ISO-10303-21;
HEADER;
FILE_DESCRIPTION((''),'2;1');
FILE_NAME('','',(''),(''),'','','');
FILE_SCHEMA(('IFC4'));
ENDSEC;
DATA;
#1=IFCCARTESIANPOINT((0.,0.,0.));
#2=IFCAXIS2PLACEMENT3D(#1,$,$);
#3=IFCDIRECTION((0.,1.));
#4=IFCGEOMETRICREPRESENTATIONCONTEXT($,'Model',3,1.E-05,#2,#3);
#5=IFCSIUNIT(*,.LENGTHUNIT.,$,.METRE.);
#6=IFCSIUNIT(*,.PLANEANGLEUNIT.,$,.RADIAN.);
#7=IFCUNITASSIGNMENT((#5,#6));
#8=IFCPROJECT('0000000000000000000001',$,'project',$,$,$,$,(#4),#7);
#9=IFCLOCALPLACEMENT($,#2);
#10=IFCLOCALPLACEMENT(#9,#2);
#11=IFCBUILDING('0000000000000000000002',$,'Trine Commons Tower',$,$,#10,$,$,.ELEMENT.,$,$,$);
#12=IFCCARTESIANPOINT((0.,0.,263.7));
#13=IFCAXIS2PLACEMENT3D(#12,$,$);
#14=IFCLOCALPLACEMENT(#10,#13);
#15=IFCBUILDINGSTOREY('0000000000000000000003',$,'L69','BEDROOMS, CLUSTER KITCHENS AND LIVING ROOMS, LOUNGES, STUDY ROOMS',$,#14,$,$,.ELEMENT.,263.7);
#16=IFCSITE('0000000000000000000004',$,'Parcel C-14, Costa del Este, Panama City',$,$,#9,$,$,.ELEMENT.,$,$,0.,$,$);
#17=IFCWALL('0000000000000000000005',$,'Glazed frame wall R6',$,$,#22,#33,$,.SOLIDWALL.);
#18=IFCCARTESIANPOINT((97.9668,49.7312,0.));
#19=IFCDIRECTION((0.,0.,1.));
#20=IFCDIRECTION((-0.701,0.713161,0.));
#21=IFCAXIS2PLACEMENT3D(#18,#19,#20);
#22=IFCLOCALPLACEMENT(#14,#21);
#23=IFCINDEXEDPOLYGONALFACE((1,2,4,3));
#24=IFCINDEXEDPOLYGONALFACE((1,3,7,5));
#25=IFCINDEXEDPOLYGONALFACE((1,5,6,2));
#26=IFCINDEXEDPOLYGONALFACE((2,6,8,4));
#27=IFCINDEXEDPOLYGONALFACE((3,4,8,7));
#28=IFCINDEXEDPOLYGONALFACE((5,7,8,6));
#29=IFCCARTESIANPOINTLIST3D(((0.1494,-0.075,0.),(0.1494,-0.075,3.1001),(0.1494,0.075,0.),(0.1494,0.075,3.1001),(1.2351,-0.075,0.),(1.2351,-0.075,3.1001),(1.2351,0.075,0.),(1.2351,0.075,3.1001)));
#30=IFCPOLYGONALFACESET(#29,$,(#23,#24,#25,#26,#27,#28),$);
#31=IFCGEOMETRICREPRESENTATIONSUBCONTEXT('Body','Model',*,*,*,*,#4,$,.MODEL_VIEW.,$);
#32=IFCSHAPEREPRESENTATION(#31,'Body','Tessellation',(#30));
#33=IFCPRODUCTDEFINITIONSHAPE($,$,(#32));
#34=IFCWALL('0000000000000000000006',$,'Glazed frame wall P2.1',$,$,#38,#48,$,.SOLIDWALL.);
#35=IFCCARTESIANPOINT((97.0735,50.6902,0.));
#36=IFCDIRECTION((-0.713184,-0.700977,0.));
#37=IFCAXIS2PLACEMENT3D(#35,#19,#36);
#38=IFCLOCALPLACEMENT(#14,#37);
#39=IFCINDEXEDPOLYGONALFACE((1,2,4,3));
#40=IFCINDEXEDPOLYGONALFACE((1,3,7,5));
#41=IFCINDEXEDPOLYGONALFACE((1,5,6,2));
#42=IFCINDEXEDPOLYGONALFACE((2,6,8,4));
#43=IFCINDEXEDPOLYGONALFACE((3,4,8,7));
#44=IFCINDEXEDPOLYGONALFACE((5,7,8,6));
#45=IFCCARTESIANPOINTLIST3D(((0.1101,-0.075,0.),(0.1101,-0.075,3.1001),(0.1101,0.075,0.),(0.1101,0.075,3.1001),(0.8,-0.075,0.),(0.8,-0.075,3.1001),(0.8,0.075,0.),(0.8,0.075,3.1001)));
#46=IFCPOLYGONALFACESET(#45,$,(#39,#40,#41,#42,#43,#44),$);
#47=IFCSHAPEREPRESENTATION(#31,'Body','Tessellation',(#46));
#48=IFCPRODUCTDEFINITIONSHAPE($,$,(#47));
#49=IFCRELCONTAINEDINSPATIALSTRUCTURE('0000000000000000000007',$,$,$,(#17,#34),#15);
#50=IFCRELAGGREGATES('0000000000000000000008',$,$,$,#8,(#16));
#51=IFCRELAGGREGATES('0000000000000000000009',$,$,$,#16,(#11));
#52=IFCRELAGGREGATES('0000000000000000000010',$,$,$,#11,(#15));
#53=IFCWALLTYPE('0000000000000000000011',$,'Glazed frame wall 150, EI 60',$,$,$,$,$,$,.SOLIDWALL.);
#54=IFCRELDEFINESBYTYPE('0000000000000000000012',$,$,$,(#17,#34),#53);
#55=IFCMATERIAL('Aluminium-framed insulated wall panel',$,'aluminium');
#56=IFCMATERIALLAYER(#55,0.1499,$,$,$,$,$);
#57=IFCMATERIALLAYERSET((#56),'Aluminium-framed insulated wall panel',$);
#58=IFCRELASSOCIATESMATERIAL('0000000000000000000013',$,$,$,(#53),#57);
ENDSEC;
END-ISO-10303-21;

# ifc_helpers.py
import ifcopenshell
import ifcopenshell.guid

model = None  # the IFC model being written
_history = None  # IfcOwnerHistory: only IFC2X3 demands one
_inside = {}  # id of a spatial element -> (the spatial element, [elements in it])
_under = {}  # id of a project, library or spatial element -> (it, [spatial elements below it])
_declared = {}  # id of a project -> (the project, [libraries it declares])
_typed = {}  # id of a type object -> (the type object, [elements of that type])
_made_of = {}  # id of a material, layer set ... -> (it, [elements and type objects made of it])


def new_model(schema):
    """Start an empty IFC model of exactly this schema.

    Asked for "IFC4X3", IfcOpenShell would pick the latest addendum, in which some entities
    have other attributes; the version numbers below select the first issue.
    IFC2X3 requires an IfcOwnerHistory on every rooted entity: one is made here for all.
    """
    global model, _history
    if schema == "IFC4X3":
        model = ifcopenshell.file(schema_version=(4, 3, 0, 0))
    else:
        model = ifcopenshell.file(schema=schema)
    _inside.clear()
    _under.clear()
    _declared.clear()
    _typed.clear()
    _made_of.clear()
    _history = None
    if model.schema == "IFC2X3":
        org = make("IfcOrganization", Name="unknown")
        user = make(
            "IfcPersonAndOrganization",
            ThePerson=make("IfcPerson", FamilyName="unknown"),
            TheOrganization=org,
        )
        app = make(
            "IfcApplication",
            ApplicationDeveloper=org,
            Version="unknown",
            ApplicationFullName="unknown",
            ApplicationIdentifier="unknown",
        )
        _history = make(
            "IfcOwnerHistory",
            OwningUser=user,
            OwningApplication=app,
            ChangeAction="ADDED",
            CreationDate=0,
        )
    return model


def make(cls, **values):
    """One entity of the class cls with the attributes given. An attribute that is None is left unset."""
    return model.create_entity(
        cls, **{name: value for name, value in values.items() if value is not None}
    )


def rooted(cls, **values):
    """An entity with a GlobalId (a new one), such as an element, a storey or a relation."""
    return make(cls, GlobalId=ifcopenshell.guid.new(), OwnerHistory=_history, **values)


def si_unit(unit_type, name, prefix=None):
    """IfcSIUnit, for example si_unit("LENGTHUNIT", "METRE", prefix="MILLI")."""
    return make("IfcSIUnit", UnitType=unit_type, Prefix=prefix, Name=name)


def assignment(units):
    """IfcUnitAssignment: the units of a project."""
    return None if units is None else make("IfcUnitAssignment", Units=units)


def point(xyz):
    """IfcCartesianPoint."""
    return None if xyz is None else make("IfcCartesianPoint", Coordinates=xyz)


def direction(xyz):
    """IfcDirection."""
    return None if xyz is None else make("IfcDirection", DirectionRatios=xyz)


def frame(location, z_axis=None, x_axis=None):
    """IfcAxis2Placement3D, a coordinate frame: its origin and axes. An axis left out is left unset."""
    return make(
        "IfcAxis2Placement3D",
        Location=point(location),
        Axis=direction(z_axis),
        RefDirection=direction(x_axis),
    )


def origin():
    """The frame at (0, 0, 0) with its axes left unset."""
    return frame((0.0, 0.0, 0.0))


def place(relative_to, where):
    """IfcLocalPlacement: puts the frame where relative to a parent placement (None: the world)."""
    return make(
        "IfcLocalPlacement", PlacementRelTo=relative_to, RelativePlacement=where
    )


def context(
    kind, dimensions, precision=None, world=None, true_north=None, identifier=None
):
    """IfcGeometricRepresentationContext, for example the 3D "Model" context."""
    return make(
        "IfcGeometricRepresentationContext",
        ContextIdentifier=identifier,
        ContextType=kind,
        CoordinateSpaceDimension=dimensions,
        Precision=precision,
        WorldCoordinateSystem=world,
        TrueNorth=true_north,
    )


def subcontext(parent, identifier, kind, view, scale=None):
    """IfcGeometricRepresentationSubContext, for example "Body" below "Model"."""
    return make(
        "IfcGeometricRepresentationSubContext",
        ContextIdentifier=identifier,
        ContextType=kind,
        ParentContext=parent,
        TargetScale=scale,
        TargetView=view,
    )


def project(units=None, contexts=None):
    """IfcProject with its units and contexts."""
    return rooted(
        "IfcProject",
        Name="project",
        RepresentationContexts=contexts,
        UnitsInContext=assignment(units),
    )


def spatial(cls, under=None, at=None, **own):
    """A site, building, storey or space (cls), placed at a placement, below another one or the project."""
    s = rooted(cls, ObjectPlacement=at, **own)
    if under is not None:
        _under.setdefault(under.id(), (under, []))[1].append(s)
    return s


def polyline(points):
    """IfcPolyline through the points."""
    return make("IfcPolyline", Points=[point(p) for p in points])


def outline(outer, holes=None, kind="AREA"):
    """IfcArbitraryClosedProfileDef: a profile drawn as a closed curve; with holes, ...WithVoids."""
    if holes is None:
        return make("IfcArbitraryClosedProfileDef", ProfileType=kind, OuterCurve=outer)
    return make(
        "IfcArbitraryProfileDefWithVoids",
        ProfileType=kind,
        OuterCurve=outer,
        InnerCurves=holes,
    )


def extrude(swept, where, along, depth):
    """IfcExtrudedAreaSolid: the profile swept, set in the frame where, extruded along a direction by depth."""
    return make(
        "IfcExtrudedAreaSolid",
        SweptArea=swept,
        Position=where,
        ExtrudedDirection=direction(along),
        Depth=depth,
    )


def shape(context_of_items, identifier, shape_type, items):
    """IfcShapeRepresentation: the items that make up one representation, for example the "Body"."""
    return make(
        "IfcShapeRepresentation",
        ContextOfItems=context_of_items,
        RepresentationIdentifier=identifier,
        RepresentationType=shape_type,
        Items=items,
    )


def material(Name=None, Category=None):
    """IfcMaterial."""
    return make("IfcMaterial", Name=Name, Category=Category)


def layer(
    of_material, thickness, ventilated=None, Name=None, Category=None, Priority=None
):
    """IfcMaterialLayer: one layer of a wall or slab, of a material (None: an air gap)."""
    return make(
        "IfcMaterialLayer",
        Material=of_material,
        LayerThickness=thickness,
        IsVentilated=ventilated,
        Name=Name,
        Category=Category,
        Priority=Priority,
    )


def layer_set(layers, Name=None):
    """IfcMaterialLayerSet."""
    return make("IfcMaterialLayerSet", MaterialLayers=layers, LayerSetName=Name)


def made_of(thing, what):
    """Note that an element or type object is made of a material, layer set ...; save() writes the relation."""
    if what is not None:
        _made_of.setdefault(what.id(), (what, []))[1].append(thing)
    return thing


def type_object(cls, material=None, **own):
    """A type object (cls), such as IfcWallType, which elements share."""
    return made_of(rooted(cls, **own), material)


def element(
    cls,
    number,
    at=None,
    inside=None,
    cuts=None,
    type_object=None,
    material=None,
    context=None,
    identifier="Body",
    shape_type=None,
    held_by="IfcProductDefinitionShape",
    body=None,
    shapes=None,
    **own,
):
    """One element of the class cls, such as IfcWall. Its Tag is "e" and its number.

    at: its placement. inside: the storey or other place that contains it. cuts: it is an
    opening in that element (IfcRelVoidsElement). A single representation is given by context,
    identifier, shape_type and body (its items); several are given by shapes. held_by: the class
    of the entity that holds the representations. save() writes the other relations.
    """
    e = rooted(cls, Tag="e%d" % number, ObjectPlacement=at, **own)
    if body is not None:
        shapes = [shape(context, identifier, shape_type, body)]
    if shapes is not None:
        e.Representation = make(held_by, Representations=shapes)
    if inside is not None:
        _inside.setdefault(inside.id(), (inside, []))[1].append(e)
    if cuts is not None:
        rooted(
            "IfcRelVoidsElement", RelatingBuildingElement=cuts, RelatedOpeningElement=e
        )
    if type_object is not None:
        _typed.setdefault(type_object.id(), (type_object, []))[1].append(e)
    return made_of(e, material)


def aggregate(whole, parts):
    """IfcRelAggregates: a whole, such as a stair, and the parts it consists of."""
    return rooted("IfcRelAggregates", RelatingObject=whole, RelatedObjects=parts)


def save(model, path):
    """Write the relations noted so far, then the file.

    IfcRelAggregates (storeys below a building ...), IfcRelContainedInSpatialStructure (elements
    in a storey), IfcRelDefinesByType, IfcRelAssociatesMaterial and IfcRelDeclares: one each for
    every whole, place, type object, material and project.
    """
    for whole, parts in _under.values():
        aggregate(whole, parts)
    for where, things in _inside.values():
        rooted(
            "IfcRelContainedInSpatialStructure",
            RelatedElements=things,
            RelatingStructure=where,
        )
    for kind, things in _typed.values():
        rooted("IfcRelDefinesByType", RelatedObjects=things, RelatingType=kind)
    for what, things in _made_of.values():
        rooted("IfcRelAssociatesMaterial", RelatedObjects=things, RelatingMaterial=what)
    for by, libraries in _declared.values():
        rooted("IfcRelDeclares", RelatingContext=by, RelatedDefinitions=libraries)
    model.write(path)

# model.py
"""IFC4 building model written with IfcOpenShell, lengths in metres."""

from ifc_helpers import new_model, si_unit, direction, frame, origin, place, context, subcontext, project, spatial, polyline, outline, extrude, material, layer, layer_set, type_object, element, save


model = new_model("IFC4")

# Units and contexts
model_context = context("Model", 3, precision=1e-05, world=origin(), true_north=direction((0.0, 1.0)))
body_context = subcontext(model_context, "Body", "Model", "MODEL_VIEW")
ifc_project = project(units=[si_unit("LENGTHUNIT", "METRE"), si_unit("PLANEANGLEUNIT", "RADIAN")], contexts=[model_context])

# Site, building, storey
site_placement = place(None, origin())
site = spatial("IfcSite", under=ifc_project, at=site_placement, Name="Parcel C-14, Costa del Este, Panama City", CompositionType="ELEMENT", RefElevation=0.0)
building_placement = place(site_placement, origin())
building = spatial("IfcBuilding", under=site, at=building_placement, Name="Trine Commons Tower", CompositionType="ELEMENT")
storey_placement = place(building_placement, frame((0.0, 0.0, 263.7)))
storey = spatial("IfcBuildingStorey", under=building, at=storey_placement, Name="L69", Description="BEDROOMS, CLUSTER KITCHENS AND LIVING ROOMS, LOUNGES, STUDY ROOMS", CompositionType="ELEMENT", Elevation=263.7)

# Walls
ifc_material_1 = material(Name="Aluminium-framed insulated wall panel", Category="aluminium")
ifc_layer_1 = layer(ifc_material_1, 0.1499)
ifc_layer_set_1 = layer_set([ifc_layer_1], Name="Aluminium-framed insulated wall panel")
wall_type_1 = type_object("IfcWallType", Name="Glazed frame wall 150, EI 60", PredefinedType="SOLIDWALL", material=ifc_layer_set_1)
wall_1_placement = place(storey_placement, frame((97.9668, 49.7312, 0.0), z_axis=(0.0, 0.0, 1.0), x_axis=(-0.701, 0.713161, 0.0)))
element("IfcWall", 1, at=wall_1_placement, inside=storey, type_object=wall_type_1, Name="Glazed frame wall R6", PredefinedType="SOLIDWALL", context=body_context, shape_type="SweptSolid", body=[
    extrude(outline(polyline([(0.1494, 0.075), (0.1494, -0.075), (1.2351, -0.075), (1.2351, 0.075), (0.1494, 0.075)])), origin(), (0.0, 0.0, 1.0), 3.1001),
])
wall_2_placement = place(storey_placement, frame((97.0735, 50.6902, 0.0), z_axis=(0.0, 0.0, 1.0), x_axis=(-0.713184, -0.700977, 0.0)))
element("IfcWall", 2, at=wall_2_placement, inside=storey, type_object=wall_type_1, Name="Glazed frame wall P2.1", PredefinedType="SOLIDWALL", context=body_context, shape_type="SweptSolid", body=[
    extrude(outline(polyline([(0.1101, -0.075), (0.8, -0.075), (0.8, 0.075), (0.1101, 0.075), (0.1101, -0.075)])), origin(), (0.0, 0.0, 1.0), 3.1001),
])

save(model, "model.ifc")
